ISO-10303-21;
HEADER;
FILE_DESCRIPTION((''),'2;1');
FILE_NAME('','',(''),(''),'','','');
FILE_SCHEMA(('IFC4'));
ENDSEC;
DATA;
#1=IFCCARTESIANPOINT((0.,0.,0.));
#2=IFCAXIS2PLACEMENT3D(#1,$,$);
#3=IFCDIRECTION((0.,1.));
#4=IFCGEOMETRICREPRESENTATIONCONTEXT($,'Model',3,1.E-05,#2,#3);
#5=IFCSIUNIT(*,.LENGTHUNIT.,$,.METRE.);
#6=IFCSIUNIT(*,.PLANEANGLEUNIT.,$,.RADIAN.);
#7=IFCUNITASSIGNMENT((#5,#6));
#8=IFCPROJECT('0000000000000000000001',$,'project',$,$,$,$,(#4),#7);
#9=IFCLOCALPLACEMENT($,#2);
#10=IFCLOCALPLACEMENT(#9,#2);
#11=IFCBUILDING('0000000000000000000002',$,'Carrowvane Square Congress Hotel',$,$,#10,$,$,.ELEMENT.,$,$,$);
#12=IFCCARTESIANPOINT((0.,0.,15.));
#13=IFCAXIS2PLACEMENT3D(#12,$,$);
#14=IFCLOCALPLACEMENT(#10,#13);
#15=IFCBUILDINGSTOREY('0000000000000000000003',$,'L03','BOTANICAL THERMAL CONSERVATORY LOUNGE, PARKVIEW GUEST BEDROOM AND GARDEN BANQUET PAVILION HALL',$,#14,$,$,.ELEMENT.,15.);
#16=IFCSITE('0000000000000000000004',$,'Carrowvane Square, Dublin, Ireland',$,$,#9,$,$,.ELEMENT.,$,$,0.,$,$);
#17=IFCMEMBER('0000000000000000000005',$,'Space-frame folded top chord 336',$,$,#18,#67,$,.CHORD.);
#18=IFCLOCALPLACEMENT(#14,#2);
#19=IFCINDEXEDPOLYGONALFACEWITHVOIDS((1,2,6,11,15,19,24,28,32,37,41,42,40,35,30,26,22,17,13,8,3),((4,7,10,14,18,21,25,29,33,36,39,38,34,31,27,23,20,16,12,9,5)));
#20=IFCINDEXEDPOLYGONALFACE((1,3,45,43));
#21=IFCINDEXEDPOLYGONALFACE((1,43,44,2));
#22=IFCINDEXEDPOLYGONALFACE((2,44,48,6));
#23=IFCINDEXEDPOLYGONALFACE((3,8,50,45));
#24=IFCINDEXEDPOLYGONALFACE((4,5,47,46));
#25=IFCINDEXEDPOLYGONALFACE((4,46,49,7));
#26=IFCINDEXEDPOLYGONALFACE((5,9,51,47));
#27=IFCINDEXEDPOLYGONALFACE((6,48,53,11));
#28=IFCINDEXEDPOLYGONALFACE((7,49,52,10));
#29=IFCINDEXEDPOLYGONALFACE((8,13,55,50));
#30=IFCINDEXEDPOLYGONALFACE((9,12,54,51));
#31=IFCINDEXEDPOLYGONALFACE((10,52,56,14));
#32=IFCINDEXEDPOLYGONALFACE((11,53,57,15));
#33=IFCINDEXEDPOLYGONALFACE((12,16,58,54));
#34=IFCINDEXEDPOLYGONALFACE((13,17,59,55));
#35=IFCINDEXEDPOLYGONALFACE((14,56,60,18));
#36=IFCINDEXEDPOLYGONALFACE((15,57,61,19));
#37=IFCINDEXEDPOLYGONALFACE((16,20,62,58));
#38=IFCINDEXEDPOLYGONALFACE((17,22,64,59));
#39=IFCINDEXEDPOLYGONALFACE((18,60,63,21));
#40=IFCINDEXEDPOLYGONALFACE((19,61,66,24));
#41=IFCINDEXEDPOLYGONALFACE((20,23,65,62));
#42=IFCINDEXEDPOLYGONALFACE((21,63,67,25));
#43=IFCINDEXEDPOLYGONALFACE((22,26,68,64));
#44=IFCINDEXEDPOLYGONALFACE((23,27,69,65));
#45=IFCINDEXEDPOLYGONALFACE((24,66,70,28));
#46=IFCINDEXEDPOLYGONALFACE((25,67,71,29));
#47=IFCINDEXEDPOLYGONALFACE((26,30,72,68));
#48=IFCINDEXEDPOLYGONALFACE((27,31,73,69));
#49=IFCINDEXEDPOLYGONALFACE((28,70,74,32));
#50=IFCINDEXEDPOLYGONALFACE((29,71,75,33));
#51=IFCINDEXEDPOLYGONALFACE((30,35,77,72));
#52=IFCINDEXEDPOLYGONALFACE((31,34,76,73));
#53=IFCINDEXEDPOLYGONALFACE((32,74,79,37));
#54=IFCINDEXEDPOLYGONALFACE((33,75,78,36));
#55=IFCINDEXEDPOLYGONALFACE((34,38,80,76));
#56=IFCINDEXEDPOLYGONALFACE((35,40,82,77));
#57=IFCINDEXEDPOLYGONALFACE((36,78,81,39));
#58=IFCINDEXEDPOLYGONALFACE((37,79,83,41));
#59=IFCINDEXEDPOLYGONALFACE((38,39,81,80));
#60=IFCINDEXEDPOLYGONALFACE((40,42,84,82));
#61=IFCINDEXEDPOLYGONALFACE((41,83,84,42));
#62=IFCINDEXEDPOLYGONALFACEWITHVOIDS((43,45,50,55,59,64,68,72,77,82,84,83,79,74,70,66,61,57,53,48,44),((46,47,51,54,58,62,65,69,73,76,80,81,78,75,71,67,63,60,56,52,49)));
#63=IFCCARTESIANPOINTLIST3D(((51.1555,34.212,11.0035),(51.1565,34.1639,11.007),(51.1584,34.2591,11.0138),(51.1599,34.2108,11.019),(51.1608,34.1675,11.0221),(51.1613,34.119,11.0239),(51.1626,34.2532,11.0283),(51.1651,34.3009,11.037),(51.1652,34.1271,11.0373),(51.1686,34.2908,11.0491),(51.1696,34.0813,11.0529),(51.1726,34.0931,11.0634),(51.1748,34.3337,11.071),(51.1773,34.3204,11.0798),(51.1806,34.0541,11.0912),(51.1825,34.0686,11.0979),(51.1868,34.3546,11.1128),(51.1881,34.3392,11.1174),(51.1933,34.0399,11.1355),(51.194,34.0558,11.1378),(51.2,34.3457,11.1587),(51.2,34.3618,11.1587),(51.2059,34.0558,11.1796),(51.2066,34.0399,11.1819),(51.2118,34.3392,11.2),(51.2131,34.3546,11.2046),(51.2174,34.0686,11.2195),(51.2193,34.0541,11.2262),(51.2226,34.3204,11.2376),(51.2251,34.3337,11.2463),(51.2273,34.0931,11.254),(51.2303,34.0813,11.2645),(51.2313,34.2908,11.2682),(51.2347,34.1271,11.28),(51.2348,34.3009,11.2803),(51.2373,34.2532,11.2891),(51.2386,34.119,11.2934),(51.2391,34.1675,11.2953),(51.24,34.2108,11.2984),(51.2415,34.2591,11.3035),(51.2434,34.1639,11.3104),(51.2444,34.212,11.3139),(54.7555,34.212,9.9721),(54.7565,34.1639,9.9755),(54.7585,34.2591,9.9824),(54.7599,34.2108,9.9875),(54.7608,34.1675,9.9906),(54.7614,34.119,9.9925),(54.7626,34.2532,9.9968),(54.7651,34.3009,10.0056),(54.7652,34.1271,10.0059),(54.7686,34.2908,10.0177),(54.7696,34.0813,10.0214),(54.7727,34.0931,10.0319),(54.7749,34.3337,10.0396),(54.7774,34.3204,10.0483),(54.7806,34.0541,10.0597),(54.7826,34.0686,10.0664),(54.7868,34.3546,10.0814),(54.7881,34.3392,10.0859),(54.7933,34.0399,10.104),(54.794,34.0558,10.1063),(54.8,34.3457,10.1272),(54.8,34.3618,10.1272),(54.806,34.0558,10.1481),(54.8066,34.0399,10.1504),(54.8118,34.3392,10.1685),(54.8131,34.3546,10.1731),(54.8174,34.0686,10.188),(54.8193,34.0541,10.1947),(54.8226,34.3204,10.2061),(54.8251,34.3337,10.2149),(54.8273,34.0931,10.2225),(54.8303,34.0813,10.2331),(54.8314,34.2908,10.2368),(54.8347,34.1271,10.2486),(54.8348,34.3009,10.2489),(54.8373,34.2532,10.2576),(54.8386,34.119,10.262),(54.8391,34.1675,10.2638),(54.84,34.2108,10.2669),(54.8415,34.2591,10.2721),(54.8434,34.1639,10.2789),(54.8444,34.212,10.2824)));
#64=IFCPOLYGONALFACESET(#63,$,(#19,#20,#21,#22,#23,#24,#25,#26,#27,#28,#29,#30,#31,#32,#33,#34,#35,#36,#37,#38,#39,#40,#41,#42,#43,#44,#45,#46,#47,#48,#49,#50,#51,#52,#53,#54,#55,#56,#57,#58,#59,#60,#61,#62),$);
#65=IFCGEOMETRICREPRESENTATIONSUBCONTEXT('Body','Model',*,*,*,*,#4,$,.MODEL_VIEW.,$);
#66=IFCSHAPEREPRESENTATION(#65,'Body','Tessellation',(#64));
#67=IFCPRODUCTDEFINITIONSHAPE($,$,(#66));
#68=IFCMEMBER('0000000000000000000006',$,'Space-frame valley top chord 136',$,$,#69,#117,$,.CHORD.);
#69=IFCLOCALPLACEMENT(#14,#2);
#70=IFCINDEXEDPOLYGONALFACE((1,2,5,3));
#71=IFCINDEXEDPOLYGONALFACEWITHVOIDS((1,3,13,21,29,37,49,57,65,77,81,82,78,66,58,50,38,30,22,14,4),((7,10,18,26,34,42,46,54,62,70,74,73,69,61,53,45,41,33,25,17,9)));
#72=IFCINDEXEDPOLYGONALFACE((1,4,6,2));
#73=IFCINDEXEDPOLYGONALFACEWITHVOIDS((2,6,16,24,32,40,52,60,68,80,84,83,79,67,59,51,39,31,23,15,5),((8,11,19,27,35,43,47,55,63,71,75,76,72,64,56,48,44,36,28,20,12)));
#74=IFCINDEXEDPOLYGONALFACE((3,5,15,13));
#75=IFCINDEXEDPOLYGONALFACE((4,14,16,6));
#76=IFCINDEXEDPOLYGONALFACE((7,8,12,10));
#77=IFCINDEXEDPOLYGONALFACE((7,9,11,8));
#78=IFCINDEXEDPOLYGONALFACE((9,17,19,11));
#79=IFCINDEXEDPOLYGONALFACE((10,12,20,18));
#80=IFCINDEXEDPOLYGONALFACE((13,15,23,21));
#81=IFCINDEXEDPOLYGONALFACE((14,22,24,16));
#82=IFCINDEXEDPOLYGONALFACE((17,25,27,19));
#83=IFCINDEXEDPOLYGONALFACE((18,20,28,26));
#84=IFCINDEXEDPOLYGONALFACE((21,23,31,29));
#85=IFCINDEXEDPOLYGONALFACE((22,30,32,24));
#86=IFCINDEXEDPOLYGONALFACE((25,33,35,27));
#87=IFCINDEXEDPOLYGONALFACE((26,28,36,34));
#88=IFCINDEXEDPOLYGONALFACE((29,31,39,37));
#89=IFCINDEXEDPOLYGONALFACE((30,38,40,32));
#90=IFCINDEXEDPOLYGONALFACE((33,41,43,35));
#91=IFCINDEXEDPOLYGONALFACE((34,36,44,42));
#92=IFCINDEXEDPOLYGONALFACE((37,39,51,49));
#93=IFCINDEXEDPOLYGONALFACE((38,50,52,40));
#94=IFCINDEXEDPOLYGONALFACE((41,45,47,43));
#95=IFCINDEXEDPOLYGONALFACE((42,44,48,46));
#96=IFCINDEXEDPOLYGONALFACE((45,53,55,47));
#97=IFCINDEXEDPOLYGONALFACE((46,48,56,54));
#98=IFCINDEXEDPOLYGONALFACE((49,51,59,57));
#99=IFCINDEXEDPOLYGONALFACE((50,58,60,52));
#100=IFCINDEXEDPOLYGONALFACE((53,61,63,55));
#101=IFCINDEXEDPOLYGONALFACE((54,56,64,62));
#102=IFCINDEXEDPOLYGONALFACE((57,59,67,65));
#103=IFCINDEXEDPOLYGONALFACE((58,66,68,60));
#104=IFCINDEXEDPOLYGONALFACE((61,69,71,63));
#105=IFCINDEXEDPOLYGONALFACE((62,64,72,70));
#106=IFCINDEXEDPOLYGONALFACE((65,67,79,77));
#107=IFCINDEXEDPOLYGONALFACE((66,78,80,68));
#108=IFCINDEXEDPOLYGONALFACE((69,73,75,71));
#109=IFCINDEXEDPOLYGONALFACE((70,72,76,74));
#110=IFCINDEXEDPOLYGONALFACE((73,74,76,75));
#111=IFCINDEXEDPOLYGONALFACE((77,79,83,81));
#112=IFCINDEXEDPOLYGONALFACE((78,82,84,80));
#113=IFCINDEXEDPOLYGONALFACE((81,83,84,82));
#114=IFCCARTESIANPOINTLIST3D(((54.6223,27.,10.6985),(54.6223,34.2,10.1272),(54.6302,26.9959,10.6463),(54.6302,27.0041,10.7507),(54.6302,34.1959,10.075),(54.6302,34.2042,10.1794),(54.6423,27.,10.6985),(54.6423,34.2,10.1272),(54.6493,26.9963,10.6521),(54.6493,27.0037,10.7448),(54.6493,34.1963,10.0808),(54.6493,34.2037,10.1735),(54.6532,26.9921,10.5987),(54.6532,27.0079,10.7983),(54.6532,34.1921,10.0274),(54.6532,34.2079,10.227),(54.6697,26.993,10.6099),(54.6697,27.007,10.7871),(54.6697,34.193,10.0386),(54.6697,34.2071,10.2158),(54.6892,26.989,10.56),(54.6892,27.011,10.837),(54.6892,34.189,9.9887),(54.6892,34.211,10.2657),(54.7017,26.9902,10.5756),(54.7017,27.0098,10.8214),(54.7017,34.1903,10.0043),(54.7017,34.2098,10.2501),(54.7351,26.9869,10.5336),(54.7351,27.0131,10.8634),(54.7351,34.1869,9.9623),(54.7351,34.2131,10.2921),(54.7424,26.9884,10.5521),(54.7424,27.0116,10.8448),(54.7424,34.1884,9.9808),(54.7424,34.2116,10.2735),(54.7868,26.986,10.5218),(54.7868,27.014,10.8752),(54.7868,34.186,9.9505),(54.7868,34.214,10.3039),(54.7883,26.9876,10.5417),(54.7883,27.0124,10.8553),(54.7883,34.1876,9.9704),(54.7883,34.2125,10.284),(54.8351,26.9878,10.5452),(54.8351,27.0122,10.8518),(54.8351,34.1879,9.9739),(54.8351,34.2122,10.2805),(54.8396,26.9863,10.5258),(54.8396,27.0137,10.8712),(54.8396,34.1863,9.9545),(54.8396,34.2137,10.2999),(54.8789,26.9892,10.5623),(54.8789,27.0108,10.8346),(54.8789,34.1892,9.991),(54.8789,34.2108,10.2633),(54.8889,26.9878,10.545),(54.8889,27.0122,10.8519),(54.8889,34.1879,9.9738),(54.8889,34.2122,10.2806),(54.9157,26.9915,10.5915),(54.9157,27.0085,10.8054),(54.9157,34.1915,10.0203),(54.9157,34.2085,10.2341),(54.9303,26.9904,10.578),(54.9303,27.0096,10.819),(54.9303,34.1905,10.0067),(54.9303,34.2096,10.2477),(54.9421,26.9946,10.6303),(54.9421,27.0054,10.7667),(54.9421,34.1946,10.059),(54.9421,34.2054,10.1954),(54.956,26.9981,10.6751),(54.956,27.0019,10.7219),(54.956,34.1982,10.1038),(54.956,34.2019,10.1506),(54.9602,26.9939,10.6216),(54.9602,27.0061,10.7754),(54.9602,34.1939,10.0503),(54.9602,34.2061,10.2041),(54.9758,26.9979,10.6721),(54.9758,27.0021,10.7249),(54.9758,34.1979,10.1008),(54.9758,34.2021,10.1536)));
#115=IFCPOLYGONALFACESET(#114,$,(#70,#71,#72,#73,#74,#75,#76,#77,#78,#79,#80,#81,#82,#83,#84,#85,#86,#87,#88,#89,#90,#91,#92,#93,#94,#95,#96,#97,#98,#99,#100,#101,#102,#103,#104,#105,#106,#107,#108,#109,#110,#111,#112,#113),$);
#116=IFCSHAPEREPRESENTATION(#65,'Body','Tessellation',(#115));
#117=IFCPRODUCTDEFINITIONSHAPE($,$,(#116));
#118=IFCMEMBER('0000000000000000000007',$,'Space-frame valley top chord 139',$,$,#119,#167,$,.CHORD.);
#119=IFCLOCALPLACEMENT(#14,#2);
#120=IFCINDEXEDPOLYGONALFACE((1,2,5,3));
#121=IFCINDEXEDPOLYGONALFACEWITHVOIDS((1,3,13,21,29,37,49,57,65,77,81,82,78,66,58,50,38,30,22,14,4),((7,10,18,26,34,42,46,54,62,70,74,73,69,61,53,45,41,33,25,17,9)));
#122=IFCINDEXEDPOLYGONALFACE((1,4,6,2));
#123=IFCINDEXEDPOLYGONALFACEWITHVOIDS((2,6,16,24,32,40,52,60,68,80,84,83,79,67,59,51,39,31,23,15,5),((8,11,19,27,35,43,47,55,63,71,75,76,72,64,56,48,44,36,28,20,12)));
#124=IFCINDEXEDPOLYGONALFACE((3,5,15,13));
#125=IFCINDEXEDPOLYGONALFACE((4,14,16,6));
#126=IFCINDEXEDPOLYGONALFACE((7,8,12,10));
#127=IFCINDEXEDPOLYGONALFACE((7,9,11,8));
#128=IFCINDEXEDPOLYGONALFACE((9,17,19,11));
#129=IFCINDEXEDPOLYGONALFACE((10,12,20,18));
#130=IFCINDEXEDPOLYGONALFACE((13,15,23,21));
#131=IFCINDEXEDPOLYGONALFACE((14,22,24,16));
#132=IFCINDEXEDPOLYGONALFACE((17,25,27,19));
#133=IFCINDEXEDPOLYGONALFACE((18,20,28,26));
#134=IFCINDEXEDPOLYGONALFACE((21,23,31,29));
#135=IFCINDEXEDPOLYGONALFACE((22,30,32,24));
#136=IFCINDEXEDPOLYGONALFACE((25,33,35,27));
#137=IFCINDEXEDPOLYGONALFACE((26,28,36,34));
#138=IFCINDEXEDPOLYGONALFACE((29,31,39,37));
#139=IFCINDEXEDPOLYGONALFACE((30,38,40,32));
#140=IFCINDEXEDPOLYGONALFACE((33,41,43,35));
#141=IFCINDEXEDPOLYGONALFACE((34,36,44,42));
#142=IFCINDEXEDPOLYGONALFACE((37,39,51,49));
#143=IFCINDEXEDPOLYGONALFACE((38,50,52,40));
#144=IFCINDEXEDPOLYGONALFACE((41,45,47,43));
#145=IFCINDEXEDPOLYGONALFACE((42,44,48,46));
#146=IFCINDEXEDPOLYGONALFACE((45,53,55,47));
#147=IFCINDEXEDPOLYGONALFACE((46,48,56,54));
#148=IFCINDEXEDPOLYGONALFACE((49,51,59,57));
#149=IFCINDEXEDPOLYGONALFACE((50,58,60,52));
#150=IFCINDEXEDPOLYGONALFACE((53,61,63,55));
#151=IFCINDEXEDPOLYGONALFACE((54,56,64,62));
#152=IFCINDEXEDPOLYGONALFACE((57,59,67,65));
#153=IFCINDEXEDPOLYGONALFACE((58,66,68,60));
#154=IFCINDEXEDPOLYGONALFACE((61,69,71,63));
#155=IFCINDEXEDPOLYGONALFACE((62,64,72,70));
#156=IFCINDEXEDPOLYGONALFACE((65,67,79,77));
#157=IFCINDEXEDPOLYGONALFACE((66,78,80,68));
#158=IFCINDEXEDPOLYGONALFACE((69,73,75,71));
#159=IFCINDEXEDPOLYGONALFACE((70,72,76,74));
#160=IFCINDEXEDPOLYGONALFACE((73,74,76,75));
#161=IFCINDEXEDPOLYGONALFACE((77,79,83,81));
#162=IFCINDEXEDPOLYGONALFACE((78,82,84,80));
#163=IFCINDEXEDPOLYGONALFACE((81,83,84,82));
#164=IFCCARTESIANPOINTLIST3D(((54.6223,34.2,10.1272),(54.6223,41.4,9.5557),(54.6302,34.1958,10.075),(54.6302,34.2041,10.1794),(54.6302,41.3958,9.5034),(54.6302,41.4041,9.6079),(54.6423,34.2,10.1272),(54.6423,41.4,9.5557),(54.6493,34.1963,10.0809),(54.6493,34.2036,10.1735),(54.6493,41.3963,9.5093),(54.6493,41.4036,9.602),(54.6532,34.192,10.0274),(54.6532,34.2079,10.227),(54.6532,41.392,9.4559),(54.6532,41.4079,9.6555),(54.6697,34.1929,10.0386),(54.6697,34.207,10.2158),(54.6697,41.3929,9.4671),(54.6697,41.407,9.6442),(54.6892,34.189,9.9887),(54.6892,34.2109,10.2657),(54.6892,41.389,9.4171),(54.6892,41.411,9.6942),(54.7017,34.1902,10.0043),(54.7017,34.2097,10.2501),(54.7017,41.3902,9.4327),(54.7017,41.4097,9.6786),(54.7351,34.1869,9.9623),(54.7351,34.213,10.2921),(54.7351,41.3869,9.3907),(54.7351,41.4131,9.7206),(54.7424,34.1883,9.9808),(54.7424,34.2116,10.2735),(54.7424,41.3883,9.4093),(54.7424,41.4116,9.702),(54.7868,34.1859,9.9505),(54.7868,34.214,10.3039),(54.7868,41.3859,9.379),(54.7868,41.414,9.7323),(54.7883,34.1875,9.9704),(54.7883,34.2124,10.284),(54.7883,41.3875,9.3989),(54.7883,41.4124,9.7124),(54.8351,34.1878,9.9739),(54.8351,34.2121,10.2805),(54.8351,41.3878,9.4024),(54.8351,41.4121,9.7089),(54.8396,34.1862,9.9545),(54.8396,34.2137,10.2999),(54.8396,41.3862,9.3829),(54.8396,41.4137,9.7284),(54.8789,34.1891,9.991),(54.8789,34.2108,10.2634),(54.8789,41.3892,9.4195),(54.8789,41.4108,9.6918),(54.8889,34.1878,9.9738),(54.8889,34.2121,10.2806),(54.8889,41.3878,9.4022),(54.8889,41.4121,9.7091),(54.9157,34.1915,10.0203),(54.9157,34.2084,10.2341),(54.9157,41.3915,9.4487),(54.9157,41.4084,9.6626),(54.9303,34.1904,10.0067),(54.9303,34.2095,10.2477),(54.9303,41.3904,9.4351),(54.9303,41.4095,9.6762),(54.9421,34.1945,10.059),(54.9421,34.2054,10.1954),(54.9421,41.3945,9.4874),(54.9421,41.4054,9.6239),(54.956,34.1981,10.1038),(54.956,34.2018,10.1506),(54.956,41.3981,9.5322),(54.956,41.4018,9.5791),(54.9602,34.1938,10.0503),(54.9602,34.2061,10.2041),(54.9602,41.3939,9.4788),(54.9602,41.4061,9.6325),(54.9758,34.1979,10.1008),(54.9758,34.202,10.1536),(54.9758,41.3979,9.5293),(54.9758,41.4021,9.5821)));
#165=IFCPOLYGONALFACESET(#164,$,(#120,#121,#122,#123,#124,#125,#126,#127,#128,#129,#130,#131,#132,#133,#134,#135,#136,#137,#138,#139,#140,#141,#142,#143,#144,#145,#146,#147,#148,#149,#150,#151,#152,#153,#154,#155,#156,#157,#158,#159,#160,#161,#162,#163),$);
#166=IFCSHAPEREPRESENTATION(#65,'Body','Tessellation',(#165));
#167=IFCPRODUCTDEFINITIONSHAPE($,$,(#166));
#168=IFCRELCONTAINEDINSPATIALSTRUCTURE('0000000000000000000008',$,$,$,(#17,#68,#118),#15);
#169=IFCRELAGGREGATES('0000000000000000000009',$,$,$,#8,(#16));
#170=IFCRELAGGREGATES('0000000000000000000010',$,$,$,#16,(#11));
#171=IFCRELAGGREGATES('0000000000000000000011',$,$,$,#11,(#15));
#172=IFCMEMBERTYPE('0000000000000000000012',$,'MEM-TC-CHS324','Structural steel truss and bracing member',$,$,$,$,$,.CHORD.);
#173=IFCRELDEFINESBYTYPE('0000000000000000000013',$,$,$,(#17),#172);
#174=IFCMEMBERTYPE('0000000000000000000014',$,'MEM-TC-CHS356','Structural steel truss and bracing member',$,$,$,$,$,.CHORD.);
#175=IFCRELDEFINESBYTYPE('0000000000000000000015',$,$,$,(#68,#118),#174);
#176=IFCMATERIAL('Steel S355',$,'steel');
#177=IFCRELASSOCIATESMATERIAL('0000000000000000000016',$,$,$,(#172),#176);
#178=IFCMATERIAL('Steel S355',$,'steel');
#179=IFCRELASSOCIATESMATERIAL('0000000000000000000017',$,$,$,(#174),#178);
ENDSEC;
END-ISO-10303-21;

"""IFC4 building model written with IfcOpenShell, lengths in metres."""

from ifc_helpers import new_model, si_unit, direction, frame, origin, origin_2d, place, context, subcontext, project, spatial, hollow_circle, extrude, material, material_profile, profile_set, type_object, element, save


model = new_model("IFC4")

# Units and contexts
model_context = context("Model", 3, precision=1e-05, world=origin(), true_north=direction((0.0, 1.0)))
body_context = subcontext(model_context, "Body", "Model", "MODEL_VIEW")
ifc_project = project(units=[si_unit("LENGTHUNIT", "METRE"), si_unit("PLANEANGLEUNIT", "RADIAN")], contexts=[model_context])

# Site, building, storey
site_placement = place(None, origin())
site = spatial("IfcSite", under=ifc_project, at=site_placement, Name="Carrowvane Square, Dublin, Ireland", CompositionType="ELEMENT", RefElevation=0.0)
building_placement = place(site_placement, origin())
building = spatial("IfcBuilding", under=site, at=building_placement, Name="Carrowvane Square Congress Hotel", CompositionType="ELEMENT")
storey_placement = place(building_placement, frame((0.0, 0.0, 15.0)))
storey = spatial("IfcBuildingStorey", under=building, at=storey_placement, Name="L03", Description="BOTANICAL THERMAL CONSERVATORY LOUNGE, PARKVIEW GUEST BEDROOM AND GARDEN BANQUET PAVILION HALL", CompositionType="ELEMENT", Elevation=15.0)

# Members
ifc_material_1 = material(Name="Steel S355", Category="steel")
ifc_material_profile_1 = material_profile(ifc_material_1, hollow_circle(Radius=0.1619, WallThickness=0.0161, at=origin_2d()), Name="CHS 323.9x16")
ifc_profile_set_1 = profile_set([ifc_material_profile_1], Name="Steel S355")
member_type_1 = type_object("IfcMemberType", Name="MEM-TC-CHS324", Description="Structural steel truss and bracing member", PredefinedType="CHORD", material=ifc_profile_set_1)
member_1_placement = place(storey_placement, frame((51.2, 34.2, 11.1587), z_axis=(0.961319, 0.0, -0.275436), x_axis=(0.0, 1.0, 0.0)))
element("IfcMember", 1, at=member_1_placement, inside=storey, type_object=member_type_1, Name="Space-frame folded top chord 336", PredefinedType="CHORD", context=body_context, shape_type="SweptSolid", body=[
    extrude(hollow_circle(Radius=0.1619, WallThickness=0.0161, at=origin_2d()), origin(), (0.0, 0.0, 1.0), 3.7449),
])
ifc_material_2 = material(Name="Steel S355", Category="steel")
ifc_material_profile_2 = material_profile(ifc_material_2, hollow_circle(Radius=0.1777, WallThickness=0.02, at=origin_2d()), Name="CHS 355.6x20")
ifc_profile_set_2 = profile_set([ifc_material_profile_2], Name="Steel S355")
member_type_2 = type_object("IfcMemberType", Name="MEM-TC-CHS356", Description="Structural steel truss and bracing member", PredefinedType="CHORD", material=ifc_profile_set_2)
for number, where, z_axis, x_axis, name in (
    (2, (54.8, 27.0, 10.6985), (0.0, 0.996867, -0.079098), (-1.0, 0.0, 0.0), "Space-frame valley top chord 136"),
    (3, (54.8, 34.2, 10.1272), (0.0, 0.996864, -0.079131), (-1.0, 0.0, 0.0), "Space-frame valley top chord 139"),
):
    element("IfcMember", number, at=place(storey_placement, frame(where, z_axis=z_axis, x_axis=x_axis)), inside=storey, type_object=member_type_2, Name=name, PredefinedType="CHORD", context=body_context, shape_type="SweptSolid", body=[
        extrude(hollow_circle(Radius=0.1777, WallThickness=0.02, at=origin_2d()), origin(), (0.0, 0.0, 1.0), 7.2227),
    ])

save(model, "model.ifc")
